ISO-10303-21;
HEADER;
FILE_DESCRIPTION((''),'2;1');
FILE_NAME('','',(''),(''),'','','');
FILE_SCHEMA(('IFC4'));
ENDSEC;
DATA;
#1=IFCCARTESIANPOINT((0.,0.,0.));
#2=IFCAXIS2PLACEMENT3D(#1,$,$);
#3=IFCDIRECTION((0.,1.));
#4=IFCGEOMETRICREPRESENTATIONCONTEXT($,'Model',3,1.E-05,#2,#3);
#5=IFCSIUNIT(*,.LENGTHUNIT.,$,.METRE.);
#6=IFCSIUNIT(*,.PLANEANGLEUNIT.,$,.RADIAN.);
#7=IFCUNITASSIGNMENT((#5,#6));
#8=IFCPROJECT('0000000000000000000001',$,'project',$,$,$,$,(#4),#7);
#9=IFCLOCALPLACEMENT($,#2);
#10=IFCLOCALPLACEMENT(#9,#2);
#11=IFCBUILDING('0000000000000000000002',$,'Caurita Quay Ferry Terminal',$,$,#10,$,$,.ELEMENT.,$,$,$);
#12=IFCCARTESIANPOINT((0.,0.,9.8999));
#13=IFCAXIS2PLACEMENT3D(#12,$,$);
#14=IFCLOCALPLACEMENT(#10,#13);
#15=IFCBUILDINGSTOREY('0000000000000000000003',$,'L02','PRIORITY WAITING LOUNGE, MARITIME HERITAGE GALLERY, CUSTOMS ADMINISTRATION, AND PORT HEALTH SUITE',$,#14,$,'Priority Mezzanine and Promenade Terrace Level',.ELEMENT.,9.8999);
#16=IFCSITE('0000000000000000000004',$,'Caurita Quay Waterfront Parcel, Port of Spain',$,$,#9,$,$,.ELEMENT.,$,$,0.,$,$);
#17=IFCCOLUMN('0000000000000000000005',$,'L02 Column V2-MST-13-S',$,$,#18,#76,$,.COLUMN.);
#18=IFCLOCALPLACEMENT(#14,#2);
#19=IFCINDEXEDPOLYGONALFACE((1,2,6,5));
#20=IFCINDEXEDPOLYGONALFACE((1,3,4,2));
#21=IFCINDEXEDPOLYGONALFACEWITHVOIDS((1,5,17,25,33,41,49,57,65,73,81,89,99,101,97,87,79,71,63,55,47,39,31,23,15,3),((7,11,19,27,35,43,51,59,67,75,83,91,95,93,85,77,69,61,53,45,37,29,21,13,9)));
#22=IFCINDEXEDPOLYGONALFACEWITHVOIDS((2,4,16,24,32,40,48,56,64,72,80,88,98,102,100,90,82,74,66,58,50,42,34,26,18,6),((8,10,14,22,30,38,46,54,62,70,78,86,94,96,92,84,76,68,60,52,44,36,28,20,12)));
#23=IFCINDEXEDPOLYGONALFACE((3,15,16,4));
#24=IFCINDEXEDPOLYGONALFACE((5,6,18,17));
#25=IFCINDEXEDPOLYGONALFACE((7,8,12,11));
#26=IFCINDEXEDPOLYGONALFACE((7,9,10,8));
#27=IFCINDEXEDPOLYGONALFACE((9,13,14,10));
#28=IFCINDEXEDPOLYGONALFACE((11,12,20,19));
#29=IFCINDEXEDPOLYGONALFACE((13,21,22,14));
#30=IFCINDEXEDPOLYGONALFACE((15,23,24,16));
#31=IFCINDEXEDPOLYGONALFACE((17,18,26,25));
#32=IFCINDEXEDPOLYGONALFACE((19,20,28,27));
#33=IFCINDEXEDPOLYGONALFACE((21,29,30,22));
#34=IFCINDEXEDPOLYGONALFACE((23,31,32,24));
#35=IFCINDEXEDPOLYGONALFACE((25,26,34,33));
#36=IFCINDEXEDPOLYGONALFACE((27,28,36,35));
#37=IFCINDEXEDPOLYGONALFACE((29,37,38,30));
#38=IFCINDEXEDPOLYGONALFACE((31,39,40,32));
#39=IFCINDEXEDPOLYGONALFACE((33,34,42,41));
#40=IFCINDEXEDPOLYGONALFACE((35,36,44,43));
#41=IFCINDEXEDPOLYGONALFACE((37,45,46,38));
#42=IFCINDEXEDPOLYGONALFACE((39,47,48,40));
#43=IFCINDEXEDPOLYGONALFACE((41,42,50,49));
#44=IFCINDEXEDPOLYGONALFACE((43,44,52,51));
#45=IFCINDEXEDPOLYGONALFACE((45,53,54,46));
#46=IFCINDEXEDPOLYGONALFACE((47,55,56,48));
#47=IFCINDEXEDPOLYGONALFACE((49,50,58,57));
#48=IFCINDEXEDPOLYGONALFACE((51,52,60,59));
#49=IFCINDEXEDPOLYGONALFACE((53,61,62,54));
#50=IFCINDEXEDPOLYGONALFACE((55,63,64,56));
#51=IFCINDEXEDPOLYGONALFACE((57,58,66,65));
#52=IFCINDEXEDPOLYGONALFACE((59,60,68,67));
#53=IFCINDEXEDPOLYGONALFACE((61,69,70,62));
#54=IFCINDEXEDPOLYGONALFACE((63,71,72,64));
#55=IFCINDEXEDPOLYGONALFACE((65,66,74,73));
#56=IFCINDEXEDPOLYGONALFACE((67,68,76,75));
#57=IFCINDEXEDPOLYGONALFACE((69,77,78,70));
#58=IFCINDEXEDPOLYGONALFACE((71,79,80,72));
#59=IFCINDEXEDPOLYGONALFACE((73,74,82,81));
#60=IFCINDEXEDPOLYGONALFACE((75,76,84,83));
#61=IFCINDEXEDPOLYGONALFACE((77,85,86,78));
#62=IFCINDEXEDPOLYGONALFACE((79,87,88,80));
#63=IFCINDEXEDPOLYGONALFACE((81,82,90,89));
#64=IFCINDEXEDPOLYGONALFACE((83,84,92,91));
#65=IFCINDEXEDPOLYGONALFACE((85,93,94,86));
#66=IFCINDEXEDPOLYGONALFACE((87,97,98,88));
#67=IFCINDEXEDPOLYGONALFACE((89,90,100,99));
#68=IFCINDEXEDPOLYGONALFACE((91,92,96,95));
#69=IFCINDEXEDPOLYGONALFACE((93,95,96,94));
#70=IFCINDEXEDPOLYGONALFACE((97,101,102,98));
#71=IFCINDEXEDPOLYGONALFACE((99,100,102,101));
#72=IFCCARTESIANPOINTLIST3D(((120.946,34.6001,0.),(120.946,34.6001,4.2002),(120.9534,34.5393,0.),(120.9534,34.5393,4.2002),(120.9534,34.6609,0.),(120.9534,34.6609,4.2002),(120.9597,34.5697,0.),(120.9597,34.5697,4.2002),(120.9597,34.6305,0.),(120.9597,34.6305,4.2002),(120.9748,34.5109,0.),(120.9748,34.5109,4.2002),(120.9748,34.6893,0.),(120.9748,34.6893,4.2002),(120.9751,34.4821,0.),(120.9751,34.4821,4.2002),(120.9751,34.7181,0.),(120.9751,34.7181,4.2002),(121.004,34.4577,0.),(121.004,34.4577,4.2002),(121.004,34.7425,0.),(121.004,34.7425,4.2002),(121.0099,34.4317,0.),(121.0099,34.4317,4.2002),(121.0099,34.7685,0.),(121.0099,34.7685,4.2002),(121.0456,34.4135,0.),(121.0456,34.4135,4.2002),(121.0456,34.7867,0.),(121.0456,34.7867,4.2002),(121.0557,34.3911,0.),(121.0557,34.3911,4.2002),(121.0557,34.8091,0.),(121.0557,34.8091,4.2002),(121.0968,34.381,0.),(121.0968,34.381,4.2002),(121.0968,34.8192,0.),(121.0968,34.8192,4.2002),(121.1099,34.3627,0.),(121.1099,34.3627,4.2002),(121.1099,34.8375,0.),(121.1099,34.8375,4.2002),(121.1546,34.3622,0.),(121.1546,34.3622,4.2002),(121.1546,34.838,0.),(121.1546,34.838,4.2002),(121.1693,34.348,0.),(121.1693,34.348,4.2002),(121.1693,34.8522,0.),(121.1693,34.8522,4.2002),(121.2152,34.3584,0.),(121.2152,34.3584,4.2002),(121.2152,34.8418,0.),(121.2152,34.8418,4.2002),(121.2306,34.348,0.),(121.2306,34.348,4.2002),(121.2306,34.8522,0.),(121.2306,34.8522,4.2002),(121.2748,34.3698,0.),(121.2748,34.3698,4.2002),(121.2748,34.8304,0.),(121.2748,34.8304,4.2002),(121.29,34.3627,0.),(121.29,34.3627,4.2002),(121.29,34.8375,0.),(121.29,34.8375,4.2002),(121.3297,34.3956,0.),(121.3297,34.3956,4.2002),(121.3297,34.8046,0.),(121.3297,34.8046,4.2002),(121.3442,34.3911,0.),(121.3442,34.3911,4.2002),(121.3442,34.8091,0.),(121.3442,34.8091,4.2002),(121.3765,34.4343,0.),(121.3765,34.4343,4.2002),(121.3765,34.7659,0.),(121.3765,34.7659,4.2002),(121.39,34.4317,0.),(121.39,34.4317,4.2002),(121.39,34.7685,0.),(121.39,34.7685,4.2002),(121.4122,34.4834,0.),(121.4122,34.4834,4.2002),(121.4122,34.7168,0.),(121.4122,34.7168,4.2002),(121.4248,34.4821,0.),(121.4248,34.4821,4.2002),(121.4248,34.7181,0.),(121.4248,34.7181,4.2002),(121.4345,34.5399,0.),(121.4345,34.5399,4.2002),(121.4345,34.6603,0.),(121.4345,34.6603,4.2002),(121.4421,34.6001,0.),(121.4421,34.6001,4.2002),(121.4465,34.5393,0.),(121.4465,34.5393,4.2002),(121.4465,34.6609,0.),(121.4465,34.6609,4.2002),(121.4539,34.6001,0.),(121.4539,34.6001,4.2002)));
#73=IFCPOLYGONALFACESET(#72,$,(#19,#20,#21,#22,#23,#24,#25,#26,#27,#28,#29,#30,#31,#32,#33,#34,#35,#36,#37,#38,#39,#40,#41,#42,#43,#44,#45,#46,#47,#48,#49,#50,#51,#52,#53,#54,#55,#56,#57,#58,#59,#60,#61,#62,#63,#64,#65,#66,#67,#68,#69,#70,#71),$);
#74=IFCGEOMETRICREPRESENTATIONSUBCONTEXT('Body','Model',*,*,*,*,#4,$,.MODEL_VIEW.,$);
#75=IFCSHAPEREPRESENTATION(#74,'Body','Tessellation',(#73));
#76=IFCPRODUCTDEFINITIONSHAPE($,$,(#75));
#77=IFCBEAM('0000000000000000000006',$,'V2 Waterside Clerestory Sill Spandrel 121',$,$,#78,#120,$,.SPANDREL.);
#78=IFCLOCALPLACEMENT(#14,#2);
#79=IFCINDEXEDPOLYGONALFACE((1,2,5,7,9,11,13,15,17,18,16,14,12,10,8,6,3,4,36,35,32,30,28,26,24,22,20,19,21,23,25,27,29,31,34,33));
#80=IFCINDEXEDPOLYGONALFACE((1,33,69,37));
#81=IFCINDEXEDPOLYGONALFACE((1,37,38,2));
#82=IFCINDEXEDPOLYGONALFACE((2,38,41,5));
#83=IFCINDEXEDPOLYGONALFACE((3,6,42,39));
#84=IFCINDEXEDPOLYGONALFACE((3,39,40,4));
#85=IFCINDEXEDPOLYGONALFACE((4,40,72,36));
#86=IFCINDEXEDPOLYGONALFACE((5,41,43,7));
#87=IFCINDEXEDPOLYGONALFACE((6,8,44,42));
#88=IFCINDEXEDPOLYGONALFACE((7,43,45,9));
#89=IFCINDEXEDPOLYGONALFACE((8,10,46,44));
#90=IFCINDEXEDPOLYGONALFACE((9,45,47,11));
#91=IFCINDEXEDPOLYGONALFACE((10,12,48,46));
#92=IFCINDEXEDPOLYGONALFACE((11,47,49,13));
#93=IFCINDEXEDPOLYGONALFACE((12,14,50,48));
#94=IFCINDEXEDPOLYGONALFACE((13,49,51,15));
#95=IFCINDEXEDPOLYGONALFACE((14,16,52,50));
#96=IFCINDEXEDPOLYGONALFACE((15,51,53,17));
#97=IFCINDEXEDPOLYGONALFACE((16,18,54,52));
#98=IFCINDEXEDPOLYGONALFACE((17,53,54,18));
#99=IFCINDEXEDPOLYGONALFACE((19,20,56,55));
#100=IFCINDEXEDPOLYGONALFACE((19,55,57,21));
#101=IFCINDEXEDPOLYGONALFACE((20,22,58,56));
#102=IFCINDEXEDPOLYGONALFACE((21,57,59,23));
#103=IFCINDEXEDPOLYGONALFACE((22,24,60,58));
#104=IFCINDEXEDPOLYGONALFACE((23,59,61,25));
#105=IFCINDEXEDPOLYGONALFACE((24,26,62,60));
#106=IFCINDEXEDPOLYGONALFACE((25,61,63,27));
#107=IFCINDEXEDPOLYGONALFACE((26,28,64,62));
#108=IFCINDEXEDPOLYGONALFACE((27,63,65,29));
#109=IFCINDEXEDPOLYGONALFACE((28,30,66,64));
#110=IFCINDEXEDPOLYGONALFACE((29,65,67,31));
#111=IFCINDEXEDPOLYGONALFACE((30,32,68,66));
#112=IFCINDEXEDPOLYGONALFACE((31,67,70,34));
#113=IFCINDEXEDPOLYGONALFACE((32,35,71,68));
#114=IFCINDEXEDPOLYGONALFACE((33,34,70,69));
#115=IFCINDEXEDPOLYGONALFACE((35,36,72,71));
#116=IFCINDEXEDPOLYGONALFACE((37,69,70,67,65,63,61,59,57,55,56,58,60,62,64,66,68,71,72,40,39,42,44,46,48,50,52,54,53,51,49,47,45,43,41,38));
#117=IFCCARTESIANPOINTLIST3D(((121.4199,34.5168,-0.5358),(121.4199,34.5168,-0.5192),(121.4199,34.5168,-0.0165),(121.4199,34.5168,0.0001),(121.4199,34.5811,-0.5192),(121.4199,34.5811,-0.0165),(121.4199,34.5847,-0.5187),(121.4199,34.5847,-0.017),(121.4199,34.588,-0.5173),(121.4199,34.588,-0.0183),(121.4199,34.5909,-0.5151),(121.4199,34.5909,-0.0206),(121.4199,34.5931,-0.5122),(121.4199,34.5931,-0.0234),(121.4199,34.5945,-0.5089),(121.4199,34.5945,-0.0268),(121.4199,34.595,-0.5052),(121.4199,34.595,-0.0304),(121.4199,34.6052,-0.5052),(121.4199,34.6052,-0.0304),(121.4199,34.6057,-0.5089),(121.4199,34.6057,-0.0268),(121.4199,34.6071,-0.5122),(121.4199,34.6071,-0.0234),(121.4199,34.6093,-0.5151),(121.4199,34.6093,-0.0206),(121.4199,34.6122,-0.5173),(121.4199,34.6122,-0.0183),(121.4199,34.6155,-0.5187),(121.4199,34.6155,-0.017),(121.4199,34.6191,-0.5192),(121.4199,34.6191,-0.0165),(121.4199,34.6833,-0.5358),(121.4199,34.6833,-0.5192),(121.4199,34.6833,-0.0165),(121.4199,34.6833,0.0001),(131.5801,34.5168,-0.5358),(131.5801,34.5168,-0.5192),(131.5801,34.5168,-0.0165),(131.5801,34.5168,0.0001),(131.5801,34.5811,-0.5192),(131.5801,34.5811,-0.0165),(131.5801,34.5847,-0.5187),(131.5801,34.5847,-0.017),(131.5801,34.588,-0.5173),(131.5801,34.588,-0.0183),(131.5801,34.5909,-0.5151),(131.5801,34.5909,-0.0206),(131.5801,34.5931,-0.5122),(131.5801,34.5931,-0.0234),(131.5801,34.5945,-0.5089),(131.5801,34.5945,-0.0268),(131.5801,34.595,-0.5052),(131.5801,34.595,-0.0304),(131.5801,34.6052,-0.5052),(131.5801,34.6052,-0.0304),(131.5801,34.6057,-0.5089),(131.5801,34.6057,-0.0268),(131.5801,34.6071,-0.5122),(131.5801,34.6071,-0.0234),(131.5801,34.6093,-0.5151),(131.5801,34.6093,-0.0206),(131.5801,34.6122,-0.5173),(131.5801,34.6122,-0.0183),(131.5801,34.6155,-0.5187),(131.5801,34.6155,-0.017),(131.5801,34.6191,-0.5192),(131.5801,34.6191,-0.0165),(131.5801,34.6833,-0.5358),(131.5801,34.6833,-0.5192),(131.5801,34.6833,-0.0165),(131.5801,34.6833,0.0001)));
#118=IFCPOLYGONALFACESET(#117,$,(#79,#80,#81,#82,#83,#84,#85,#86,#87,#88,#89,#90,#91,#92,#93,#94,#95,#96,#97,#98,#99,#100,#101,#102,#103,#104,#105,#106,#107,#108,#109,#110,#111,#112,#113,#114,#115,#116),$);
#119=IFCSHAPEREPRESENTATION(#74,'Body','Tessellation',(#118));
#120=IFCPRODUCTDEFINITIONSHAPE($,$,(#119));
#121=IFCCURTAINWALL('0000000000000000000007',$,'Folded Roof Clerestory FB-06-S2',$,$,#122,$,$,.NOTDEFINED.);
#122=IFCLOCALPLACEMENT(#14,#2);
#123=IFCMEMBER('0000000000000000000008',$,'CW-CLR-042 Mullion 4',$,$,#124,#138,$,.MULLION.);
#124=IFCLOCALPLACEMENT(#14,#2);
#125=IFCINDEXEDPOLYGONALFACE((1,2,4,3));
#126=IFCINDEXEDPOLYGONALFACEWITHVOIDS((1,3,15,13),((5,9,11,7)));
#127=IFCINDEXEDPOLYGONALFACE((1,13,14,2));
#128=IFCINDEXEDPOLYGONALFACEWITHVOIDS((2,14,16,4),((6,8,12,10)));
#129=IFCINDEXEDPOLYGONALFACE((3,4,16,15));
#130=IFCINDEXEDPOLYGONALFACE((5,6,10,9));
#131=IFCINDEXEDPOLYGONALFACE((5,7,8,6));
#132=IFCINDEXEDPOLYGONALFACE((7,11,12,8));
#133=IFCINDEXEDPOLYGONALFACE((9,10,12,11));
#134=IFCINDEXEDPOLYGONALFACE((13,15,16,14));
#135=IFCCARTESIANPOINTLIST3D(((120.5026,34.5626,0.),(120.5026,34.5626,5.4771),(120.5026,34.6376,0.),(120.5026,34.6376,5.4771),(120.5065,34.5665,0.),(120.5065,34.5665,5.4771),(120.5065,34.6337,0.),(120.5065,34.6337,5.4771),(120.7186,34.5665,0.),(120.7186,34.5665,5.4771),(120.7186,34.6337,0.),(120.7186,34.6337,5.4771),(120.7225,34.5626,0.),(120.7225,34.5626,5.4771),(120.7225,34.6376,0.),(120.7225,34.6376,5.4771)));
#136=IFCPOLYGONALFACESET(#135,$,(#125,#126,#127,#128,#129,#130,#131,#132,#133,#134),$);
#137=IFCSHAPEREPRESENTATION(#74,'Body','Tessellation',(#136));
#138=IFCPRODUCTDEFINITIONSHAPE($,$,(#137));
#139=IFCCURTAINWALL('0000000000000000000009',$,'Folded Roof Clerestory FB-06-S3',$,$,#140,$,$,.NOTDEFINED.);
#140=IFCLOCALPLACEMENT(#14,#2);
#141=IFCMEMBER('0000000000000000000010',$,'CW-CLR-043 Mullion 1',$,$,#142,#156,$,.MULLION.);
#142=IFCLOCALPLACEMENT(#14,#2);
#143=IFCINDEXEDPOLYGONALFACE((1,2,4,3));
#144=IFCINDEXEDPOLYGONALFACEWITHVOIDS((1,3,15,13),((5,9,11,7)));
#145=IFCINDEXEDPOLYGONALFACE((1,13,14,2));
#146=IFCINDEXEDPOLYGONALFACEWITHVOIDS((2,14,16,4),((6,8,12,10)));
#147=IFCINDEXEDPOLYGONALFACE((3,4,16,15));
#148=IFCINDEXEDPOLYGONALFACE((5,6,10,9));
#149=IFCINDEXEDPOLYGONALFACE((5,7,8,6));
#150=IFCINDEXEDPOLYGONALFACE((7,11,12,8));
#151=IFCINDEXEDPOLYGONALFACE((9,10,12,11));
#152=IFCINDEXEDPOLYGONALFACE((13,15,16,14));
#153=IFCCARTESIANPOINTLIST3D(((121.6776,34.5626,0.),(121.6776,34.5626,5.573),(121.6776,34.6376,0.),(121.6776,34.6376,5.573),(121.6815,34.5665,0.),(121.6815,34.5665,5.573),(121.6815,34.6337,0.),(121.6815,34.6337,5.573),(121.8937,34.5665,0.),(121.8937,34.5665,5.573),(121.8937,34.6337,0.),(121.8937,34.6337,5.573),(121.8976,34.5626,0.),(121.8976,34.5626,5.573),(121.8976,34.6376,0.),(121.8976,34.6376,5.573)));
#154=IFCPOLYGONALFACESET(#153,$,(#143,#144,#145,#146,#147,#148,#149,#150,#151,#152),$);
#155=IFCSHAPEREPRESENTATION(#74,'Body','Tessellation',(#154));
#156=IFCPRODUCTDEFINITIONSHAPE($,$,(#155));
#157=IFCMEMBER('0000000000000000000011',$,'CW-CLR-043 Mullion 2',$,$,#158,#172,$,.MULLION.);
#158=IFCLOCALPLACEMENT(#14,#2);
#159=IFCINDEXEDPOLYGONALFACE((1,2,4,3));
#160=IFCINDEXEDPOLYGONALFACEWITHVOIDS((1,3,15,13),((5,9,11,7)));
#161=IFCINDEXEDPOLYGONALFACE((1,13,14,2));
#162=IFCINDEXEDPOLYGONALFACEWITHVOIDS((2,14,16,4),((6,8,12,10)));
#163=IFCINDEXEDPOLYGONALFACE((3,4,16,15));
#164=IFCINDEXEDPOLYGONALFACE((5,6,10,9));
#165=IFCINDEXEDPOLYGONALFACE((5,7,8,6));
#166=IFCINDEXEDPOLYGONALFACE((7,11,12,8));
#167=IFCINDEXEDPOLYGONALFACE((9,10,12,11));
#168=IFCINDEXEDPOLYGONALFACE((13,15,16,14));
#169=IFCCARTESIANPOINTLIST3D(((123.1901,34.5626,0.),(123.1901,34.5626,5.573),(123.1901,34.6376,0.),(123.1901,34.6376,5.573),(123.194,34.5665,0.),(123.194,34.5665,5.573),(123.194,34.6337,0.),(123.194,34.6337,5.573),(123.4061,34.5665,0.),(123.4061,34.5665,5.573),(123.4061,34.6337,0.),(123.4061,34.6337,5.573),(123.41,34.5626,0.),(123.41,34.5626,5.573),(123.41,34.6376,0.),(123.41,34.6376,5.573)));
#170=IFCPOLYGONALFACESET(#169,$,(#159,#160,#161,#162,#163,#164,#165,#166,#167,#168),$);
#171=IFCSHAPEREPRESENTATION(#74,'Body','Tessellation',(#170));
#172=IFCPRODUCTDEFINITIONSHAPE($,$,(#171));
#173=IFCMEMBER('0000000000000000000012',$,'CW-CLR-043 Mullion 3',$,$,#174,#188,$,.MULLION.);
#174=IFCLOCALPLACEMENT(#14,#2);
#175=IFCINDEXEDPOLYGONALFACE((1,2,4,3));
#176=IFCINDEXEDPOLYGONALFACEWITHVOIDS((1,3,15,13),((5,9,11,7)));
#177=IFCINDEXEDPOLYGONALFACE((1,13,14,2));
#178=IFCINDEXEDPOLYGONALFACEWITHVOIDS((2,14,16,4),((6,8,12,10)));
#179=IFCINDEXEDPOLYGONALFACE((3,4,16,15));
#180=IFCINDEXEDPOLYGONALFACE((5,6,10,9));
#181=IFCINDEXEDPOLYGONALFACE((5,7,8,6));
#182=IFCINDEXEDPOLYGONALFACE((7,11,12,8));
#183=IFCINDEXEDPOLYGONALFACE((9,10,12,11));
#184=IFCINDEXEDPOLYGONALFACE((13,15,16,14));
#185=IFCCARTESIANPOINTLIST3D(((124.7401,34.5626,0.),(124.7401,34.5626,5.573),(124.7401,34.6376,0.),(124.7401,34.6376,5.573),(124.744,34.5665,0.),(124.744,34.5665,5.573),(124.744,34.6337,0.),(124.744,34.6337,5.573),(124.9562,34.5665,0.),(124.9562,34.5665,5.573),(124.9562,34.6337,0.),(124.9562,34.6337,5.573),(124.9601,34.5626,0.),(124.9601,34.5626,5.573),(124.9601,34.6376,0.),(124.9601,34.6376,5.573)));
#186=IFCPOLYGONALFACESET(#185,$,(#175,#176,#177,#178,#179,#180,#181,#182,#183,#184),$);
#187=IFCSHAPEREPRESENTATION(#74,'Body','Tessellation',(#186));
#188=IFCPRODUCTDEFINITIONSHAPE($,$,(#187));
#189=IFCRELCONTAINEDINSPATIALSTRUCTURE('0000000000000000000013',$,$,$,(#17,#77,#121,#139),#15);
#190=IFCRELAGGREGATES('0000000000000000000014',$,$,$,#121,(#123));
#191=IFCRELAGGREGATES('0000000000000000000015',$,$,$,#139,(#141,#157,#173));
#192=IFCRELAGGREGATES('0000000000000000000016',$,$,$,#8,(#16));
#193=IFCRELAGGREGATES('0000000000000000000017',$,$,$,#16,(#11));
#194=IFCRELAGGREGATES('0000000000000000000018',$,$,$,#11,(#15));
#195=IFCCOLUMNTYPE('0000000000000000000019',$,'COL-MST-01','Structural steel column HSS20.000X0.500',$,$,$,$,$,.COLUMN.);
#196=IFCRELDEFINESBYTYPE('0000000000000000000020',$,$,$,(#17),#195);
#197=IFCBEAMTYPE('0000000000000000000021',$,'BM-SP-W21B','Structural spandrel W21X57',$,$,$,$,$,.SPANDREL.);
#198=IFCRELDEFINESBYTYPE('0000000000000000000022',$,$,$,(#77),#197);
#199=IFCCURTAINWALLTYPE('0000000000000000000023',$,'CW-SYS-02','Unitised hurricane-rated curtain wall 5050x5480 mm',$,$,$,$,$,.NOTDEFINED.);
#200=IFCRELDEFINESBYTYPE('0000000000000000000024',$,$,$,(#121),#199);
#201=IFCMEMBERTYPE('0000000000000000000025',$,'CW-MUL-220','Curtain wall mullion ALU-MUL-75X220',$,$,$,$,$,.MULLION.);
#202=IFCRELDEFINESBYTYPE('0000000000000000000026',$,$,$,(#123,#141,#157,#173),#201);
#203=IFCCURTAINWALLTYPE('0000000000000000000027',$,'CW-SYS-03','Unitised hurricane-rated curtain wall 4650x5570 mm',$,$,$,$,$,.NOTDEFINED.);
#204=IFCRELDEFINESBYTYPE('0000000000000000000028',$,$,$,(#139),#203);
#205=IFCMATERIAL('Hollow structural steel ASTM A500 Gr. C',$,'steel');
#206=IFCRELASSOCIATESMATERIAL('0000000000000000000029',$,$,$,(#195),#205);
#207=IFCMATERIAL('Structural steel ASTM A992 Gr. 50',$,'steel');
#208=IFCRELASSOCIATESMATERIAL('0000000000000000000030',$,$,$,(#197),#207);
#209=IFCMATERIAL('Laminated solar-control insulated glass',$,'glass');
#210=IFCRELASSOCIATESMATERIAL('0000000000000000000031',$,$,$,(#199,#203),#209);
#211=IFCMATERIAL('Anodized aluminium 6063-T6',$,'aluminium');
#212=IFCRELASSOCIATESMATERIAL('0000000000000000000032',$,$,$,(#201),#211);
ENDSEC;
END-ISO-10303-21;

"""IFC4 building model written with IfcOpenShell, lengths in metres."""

from ifc_helpers import new_model, si_unit, direction, frame, origin, origin_2d, place, context, subcontext, project, spatial, hollow_rectangle, hollow_circle, i_section, extrude, material, material_profile, profile_set, type_object, element, aggregate, save


model = new_model("IFC4")

# Units and contexts
model_context = context("Model", 3, precision=1e-05, world=origin(), true_north=direction((0.0, 1.0)))
body_context = subcontext(model_context, "Body", "Model", "MODEL_VIEW")
ifc_project = project(units=[si_unit("LENGTHUNIT", "METRE"), si_unit("PLANEANGLEUNIT", "RADIAN")], contexts=[model_context])

# Site, building, storey
site_placement = place(None, origin())
site = spatial("IfcSite", under=ifc_project, at=site_placement, Name="Caurita Quay Waterfront Parcel, Port of Spain", CompositionType="ELEMENT", RefElevation=0.0)
building_placement = place(site_placement, origin())
building = spatial("IfcBuilding", under=site, at=building_placement, Name="Caurita Quay Ferry Terminal", CompositionType="ELEMENT")
storey_placement = place(building_placement, frame((0.0, 0.0, 9.8999)))
storey = spatial("IfcBuildingStorey", under=building, at=storey_placement, Name="L02", Description="PRIORITY WAITING LOUNGE, MARITIME HERITAGE GALLERY, CUSTOMS ADMINISTRATION, AND PORT HEALTH SUITE", LongName="Priority Mezzanine and Promenade Terrace Level", CompositionType="ELEMENT", Elevation=9.8999)

# Column
ifc_material_1 = material(Name="Hollow structural steel ASTM A500 Gr. C", Category="steel")
ifc_material_profile_1 = material_profile(ifc_material_1, hollow_circle(Radius=0.2539, WallThickness=0.0117, at=origin_2d()), Name="HSS20.000X0.500")
ifc_profile_set_1 = profile_set([ifc_material_profile_1], Name="Hollow structural steel ASTM A500 Gr. C")
column_type = type_object("IfcColumnType", Name="COL-MST-01", Description="Structural steel column HSS20.000X0.500", PredefinedType="COLUMN", material=ifc_profile_set_1)
column_placement = place(storey_placement, frame((121.2, 34.6001, 0.0), z_axis=(0.0, 0.0, 1.0), x_axis=(1.0, 0.0, 0.0)))
element("IfcColumn", 1, at=column_placement, inside=storey, type_object=column_type, Name="L02 Column V2-MST-13-S", PredefinedType="COLUMN", context=body_context, shape_type="SweptSolid", body=[
    extrude(hollow_circle(Radius=0.2539, WallThickness=0.0117, at=origin_2d()), origin(), (0.0, 0.0, 1.0), 4.2002),
])

# Beam
ifc_material_2 = material(Name="Structural steel ASTM A992 Gr. 50", Category="steel")
ifc_material_profile_2 = material_profile(ifc_material_2, i_section(OverallWidth=0.1665, OverallDepth=0.5359, WebThickness=0.0103, FlangeThickness=0.0166, FilletRadius=0.0139, at=origin_2d()), Name="W21X57")
ifc_profile_set_2 = profile_set([ifc_material_profile_2], Name="Structural steel ASTM A992 Gr. 50")
beam_type = type_object("IfcBeamType", Name="BM-SP-W21B", Description="Structural spandrel W21X57", PredefinedType="SPANDREL", material=ifc_profile_set_2)
beam_placement = place(storey_placement, frame((121.4199, 34.6001, -0.2678), z_axis=(1.0, 0.0, 0.0), x_axis=(0.0, 1.0, 0.0)))
element("IfcBeam", 2, at=beam_placement, inside=storey, type_object=beam_type, Name="V2 Waterside Clerestory Sill Spandrel 121", PredefinedType="SPANDREL", context=body_context, shape_type="SweptSolid", body=[
    extrude(i_section(OverallWidth=0.1665, OverallDepth=0.5359, WebThickness=0.0103, FlangeThickness=0.0166, FilletRadius=0.0139, at=origin_2d()), origin(), (0.0, 0.0, 1.0), 10.1602),
])

# Curtain wall, member
ifc_material_3 = material(Name="Laminated solar-control insulated glass", Category="glass")
curtain_wall_type_1 = type_object("IfcCurtainWallType", Name="CW-SYS-02", Description="Unitised hurricane-rated curtain wall 5050x5480 mm", PredefinedType="NOTDEFINED", material=ifc_material_3)
curtain_wall_1_placement = place(storey_placement, origin())
curtain_wall_1 = element("IfcCurtainWall", 3, at=curtain_wall_1_placement, inside=storey, type_object=curtain_wall_type_1, Name="Folded Roof Clerestory FB-06-S2", PredefinedType="NOTDEFINED")
ifc_material_4 = material(Name="Anodized aluminium 6063-T6", Category="aluminium")
ifc_material_profile_3 = material_profile(ifc_material_4, hollow_rectangle(XDim=0.075, YDim=0.22, WallThickness=0.0039, at=origin_2d()), Name="ALU-MUL-75X220")
ifc_profile_set_3 = profile_set([ifc_material_profile_3], Name="Anodized aluminium 6063-T6")
member_type_1 = type_object("IfcMemberType", Name="CW-MUL-220", Description="Curtain wall mullion ALU-MUL-75X220", PredefinedType="MULLION", material=ifc_profile_set_3)
member_1_placement = place(storey_placement, frame((120.6125, 34.6001, 0.0), z_axis=(0.0, 0.0, 1.0), x_axis=(0.0, 1.0, 0.0)))
member_1 = element("IfcMember", 4, at=member_1_placement, type_object=member_type_1, Name="CW-CLR-042 Mullion 4", PredefinedType="MULLION", context=body_context, shape_type="SweptSolid", body=[
    extrude(hollow_rectangle(XDim=0.075, YDim=0.22, WallThickness=0.0039, at=origin_2d()), origin(), (0.0, 0.0, 1.0), 5.4771),
])
aggregate(curtain_wall_1, [member_1])

# Curtain wall, members
curtain_wall_type_2 = type_object("IfcCurtainWallType", Name="CW-SYS-03", Description="Unitised hurricane-rated curtain wall 4650x5570 mm", PredefinedType="NOTDEFINED", material=ifc_material_3)
curtain_wall_2_placement = place(storey_placement, origin())
curtain_wall_2 = element("IfcCurtainWall", 5, at=curtain_wall_2_placement, inside=storey, type_object=curtain_wall_type_2, Name="Folded Roof Clerestory FB-06-S3", PredefinedType="NOTDEFINED")
member_2_placement = place(storey_placement, frame((121.7876, 34.6001, 0.0), z_axis=(0.0, 0.0, 1.0), x_axis=(0.0, 1.0, 0.0)))
member_2 = element("IfcMember", 6, at=member_2_placement, type_object=member_type_1, Name="CW-CLR-043 Mullion 1", PredefinedType="MULLION", context=body_context, shape_type="SweptSolid", body=[
    extrude(hollow_rectangle(XDim=0.075, YDim=0.22, WallThickness=0.0039, at=origin_2d()), origin(), (0.0, 0.0, 1.0), 5.573),
])
member_3_placement = place(storey_placement, frame((123.3, 34.6001, 0.0), z_axis=(0.0, 0.0, 1.0), x_axis=(0.0, 1.0, 0.0)))
member_3 = element("IfcMember", 7, at=member_3_placement, type_object=member_type_1, Name="CW-CLR-043 Mullion 2", PredefinedType="MULLION", context=body_context, shape_type="SweptSolid", body=[
    extrude(hollow_rectangle(XDim=0.075, YDim=0.22, WallThickness=0.0039, at=origin_2d()), origin(), (0.0, 0.0, 1.0), 5.573),
])
member_4_placement = place(storey_placement, frame((124.8501, 34.6001, 0.0), z_axis=(0.0, 0.0, 1.0), x_axis=(0.0, 1.0, 0.0)))
member_4 = element("IfcMember", 8, at=member_4_placement, type_object=member_type_1, Name="CW-CLR-043 Mullion 3", PredefinedType="MULLION", context=body_context, shape_type="SweptSolid", body=[
    extrude(hollow_rectangle(XDim=0.075, YDim=0.22, WallThickness=0.0039, at=origin_2d()), origin(), (0.0, 0.0, 1.0), 5.573),
])

aggregate(curtain_wall_2, [member_2, member_3, member_4])

save(model, "model.ifc")
